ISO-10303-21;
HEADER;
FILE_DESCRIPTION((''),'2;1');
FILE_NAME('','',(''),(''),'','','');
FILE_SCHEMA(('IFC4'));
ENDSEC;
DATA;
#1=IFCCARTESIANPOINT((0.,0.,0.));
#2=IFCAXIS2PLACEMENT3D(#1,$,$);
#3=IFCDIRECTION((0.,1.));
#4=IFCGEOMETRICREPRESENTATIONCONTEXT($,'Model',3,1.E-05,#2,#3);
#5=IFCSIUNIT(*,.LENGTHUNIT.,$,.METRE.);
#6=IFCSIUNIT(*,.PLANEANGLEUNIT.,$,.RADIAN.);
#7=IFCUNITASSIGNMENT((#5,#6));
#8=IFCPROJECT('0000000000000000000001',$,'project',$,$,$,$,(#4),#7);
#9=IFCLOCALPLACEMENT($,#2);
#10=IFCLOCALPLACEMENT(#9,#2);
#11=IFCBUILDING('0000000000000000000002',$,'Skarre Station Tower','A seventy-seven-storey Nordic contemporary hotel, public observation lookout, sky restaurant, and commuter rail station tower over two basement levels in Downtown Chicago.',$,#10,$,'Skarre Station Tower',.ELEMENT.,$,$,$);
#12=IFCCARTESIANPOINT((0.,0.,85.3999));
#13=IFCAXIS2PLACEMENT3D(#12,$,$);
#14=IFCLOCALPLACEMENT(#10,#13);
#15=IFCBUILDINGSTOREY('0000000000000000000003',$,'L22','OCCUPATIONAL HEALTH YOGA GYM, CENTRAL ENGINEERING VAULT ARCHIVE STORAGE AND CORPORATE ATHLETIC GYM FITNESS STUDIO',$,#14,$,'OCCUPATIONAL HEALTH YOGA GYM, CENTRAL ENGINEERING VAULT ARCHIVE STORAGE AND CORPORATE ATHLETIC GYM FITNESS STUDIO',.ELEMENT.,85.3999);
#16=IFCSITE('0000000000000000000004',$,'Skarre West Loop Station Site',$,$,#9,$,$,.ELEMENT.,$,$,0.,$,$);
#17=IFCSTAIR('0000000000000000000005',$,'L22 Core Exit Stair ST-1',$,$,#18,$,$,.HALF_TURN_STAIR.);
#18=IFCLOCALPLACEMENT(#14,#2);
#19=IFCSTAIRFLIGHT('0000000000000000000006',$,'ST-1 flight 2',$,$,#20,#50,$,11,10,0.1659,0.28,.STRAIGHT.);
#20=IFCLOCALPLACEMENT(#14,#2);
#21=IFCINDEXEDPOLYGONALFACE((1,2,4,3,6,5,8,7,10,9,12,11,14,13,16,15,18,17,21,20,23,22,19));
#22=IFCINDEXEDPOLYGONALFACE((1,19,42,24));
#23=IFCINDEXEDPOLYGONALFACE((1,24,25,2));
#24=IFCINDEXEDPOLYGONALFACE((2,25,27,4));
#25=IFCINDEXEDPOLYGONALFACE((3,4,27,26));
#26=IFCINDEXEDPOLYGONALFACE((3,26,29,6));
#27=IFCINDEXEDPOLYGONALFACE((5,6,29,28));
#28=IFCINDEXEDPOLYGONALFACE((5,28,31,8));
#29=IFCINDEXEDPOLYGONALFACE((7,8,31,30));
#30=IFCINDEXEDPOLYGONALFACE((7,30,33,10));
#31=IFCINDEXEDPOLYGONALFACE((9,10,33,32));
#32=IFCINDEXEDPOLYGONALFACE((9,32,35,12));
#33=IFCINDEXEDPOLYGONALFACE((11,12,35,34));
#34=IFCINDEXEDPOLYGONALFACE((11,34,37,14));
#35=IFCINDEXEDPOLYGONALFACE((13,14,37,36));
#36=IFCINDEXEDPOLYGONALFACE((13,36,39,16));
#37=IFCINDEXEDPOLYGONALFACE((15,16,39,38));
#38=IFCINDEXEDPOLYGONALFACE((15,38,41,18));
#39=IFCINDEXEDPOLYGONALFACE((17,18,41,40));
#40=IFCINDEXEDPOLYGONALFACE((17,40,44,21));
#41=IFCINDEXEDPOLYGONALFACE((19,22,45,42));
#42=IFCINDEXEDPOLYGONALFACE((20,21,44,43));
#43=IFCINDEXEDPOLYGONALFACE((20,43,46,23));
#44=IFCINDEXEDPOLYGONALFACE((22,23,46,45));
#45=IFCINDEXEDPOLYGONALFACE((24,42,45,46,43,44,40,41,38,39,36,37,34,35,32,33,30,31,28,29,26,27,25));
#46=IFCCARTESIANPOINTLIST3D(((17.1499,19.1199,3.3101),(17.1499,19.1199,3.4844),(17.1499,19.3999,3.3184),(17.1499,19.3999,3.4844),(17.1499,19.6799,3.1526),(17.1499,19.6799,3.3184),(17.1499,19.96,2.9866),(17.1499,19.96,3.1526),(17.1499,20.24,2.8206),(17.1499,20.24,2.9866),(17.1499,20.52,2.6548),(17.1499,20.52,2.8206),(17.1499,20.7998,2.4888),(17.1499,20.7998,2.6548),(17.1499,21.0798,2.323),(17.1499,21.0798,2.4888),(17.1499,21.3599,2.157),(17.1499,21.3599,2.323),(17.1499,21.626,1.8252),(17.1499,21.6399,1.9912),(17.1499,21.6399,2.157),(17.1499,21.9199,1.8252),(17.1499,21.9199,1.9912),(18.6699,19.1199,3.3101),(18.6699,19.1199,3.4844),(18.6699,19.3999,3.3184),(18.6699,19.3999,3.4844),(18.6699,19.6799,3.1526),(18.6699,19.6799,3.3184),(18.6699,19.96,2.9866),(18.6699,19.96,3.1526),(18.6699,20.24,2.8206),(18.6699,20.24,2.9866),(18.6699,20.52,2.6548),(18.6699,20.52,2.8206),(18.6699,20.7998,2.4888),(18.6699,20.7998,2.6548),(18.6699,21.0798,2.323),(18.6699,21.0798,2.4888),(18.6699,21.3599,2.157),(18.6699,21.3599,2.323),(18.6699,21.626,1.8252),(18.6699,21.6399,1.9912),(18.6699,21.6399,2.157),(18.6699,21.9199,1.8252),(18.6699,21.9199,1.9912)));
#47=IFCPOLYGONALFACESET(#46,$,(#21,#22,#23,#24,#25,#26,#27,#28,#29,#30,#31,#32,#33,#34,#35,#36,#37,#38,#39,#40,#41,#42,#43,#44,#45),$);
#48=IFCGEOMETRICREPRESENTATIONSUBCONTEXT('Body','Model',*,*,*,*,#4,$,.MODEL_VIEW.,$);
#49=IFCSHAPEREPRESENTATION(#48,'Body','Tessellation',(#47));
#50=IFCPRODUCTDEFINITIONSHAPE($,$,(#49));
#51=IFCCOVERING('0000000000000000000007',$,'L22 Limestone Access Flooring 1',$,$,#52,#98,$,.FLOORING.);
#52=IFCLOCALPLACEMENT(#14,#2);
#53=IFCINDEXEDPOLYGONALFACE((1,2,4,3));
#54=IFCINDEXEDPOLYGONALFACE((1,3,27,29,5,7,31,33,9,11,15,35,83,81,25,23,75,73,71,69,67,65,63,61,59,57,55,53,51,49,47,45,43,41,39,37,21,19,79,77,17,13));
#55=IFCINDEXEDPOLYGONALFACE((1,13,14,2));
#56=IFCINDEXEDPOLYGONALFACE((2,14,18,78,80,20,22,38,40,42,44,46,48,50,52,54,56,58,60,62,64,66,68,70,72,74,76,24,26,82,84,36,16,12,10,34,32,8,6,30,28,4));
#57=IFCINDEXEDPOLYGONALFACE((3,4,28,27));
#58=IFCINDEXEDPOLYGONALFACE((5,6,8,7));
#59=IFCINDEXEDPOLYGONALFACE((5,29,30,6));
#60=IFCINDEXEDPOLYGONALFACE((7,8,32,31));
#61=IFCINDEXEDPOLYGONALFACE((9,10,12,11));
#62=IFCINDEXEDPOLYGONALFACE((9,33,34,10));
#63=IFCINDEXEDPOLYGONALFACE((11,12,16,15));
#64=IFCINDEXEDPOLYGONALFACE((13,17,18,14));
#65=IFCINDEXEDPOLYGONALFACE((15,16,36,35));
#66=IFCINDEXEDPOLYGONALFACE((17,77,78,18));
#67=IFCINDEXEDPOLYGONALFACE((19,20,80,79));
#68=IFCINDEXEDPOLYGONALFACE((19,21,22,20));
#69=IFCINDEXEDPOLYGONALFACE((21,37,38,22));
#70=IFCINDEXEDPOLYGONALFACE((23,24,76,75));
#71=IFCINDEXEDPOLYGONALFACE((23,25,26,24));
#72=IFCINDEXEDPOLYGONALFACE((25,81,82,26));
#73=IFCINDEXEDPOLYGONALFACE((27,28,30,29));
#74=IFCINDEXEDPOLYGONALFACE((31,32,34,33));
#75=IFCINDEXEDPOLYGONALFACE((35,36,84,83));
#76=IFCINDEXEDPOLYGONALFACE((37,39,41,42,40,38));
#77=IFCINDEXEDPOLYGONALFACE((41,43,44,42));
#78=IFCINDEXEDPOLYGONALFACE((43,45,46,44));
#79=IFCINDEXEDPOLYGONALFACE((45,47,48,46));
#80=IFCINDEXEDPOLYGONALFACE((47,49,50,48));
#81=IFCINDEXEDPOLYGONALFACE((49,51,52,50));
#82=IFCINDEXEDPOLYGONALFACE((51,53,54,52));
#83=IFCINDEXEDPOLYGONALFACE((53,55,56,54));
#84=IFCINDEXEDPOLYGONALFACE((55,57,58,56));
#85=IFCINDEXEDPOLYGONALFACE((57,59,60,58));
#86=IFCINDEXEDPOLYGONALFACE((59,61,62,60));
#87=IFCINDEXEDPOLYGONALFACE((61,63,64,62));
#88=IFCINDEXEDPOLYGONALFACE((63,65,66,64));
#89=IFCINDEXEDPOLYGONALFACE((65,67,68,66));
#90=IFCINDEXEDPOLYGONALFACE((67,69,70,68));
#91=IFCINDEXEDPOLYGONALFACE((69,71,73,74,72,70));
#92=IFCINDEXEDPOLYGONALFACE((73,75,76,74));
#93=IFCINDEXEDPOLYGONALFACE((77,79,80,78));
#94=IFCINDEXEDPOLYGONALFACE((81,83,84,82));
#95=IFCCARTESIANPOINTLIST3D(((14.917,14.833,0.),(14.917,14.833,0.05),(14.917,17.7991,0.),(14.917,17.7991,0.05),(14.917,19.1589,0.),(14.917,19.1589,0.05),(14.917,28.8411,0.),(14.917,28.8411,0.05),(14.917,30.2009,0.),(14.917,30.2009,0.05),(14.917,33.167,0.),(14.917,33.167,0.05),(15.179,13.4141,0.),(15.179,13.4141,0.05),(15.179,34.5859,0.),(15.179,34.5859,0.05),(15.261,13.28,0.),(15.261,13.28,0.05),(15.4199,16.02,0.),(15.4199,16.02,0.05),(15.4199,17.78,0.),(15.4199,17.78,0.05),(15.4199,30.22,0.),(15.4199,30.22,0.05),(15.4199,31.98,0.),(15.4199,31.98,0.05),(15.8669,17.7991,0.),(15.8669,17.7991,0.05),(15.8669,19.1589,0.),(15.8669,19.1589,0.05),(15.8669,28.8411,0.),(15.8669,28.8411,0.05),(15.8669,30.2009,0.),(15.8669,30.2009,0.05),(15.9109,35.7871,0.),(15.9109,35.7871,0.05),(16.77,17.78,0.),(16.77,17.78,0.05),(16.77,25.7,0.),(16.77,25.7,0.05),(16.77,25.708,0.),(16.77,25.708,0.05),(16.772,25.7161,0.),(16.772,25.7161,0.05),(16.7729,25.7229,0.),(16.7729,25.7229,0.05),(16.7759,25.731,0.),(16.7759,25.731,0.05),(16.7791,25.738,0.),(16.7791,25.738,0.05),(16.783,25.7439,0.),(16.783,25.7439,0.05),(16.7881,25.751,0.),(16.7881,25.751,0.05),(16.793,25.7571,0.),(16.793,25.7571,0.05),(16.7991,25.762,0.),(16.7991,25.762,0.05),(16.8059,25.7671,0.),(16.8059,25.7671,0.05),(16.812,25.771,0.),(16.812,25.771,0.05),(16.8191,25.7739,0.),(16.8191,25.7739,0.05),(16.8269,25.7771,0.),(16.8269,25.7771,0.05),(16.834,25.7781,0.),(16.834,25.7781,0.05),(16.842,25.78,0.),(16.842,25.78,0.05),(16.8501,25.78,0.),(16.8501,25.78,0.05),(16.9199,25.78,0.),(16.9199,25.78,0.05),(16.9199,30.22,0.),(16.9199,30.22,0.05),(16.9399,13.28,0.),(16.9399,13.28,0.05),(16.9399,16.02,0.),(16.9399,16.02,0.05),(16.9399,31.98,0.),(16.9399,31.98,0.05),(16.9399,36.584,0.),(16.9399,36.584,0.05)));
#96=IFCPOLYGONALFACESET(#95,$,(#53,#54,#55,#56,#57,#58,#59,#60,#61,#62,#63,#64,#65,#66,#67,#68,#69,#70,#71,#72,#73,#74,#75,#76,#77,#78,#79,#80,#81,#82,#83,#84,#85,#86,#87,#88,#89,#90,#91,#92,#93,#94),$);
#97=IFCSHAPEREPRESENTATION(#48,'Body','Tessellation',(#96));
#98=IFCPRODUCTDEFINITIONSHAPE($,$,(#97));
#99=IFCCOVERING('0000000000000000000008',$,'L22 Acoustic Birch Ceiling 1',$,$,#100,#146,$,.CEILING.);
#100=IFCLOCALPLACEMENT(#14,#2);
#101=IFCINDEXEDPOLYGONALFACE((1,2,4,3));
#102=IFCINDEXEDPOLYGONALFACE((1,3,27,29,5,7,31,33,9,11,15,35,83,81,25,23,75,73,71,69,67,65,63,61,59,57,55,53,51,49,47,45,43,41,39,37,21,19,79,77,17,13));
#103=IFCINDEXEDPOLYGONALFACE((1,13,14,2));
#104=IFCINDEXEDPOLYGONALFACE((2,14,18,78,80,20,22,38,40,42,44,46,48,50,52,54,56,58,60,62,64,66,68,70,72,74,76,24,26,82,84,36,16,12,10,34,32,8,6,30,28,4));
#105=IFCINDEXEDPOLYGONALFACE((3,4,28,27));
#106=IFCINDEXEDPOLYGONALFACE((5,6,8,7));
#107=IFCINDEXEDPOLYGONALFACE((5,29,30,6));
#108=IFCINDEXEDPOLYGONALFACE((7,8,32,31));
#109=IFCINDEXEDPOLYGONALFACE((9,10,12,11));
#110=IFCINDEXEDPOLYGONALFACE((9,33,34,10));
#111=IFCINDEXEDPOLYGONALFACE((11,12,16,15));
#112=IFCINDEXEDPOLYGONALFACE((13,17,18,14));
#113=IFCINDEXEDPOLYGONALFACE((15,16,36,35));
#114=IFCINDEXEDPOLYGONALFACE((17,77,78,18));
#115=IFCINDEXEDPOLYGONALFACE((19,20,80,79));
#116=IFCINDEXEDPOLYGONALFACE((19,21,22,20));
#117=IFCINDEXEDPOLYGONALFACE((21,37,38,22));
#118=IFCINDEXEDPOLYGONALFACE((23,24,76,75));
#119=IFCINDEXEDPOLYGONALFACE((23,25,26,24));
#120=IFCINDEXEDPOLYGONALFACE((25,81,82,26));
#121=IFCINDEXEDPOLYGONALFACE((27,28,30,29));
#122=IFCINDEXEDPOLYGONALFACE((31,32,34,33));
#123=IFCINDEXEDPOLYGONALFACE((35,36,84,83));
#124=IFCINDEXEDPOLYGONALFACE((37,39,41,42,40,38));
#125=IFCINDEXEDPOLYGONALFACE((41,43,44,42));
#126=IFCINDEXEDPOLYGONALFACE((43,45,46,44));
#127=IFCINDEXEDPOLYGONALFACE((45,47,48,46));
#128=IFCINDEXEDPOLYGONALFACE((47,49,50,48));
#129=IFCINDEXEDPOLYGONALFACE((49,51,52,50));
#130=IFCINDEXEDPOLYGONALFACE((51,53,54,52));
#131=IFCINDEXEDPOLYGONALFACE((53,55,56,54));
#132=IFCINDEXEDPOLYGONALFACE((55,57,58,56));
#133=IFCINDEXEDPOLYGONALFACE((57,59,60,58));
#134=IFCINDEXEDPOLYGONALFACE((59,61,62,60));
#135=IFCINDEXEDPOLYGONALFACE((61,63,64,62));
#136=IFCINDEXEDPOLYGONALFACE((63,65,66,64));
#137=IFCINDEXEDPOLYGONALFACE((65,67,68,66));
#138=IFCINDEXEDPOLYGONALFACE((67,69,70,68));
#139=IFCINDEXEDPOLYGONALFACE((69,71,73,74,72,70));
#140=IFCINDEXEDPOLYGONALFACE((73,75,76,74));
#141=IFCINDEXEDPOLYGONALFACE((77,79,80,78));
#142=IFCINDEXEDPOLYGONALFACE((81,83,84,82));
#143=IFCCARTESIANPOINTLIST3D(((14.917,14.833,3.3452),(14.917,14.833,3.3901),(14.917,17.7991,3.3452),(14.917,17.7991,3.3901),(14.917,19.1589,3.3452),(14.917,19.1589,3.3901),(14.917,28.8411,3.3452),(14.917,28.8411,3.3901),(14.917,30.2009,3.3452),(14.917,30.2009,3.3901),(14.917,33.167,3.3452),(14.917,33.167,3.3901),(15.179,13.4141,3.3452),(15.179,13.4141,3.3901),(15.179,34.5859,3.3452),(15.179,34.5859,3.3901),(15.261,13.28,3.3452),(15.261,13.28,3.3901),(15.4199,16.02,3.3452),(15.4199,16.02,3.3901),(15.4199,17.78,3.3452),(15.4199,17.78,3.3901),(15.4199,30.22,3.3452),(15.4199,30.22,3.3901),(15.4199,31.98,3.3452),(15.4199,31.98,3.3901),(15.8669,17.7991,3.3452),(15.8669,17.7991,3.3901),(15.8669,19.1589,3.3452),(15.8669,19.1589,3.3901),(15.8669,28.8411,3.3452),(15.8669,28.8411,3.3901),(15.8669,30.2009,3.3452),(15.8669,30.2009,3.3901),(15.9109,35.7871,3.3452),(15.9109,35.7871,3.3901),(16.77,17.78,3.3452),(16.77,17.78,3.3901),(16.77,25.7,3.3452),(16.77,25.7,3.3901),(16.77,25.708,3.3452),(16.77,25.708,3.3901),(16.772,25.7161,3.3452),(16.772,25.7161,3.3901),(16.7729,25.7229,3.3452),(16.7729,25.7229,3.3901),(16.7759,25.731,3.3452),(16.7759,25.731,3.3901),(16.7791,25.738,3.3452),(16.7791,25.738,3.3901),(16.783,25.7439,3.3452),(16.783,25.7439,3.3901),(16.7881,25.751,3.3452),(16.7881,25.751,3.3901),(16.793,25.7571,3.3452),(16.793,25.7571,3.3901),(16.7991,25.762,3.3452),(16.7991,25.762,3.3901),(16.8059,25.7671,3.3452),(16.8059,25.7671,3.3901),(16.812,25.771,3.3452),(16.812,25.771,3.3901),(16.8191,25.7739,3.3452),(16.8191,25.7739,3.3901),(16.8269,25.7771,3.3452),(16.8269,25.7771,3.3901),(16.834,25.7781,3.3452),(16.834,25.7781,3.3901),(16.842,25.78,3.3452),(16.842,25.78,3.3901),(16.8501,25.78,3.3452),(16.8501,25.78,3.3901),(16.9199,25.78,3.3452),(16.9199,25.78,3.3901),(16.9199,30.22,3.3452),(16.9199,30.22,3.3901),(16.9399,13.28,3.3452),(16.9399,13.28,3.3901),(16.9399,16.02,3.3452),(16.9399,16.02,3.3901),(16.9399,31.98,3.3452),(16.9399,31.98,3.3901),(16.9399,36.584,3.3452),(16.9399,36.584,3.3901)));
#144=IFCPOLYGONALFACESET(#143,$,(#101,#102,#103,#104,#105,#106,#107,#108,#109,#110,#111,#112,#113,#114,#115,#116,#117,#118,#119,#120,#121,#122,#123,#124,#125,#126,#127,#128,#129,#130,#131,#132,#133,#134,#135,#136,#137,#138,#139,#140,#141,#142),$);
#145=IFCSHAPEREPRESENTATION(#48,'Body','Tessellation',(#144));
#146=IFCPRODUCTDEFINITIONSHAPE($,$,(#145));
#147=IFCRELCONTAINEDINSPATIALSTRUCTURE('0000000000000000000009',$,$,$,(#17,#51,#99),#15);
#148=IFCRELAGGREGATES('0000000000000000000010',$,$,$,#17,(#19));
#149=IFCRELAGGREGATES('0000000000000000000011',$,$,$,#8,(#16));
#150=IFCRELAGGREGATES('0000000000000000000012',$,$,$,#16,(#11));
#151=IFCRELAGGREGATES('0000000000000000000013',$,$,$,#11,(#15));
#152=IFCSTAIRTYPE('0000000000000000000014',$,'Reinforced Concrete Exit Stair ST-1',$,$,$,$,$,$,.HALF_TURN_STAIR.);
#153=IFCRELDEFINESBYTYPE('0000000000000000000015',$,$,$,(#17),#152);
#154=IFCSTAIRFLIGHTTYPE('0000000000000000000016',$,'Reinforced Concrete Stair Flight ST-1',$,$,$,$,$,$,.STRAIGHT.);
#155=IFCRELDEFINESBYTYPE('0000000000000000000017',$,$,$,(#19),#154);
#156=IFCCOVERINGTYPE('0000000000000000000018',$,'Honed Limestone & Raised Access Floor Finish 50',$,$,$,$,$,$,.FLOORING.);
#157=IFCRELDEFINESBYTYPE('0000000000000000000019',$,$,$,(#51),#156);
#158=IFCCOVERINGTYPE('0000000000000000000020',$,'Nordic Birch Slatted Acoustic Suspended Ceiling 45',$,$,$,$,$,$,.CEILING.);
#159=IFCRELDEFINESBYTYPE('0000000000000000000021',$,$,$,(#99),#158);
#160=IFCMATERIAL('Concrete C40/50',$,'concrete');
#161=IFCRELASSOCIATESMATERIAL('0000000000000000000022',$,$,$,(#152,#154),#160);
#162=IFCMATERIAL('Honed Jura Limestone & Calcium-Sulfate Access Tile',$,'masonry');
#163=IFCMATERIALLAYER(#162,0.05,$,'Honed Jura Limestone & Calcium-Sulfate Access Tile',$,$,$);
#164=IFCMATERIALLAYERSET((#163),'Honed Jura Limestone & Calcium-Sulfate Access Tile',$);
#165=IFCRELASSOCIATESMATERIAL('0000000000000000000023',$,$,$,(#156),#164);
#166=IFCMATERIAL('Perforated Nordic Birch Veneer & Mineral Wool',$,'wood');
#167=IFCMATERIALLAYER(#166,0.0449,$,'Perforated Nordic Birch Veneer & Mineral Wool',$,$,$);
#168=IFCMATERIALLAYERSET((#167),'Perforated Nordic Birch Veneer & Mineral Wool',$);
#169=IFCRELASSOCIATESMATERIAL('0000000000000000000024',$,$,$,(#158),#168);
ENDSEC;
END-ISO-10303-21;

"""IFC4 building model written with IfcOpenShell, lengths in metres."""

from ifc_helpers import new_model, si_unit, direction, frame, origin, place, context, subcontext, project, spatial, polyline, outline, extrude, material, layer, layer_set, type_object, element, aggregate, save


model = new_model("IFC4")

# Units and contexts
model_context = context("Model", 3, precision=1e-05, world=origin(), true_north=direction((0.0, 1.0)))
body_context = subcontext(model_context, "Body", "Model", "MODEL_VIEW")
ifc_project = project(units=[si_unit("LENGTHUNIT", "METRE"), si_unit("PLANEANGLEUNIT", "RADIAN")], contexts=[model_context])

# Site, building, storey
site_placement = place(None, origin())
site = spatial("IfcSite", under=ifc_project, at=site_placement, Name="Skarre West Loop Station Site", CompositionType="ELEMENT", RefElevation=0.0)
building_placement = place(site_placement, origin())
building = spatial("IfcBuilding", under=site, at=building_placement, Name="Skarre Station Tower", Description="A seventy-seven-storey Nordic contemporary hotel, public observation lookout, sky restaurant, and commuter rail station tower over two basement levels in Downtown Chicago.", LongName="Skarre Station Tower", CompositionType="ELEMENT")
storey_placement = place(building_placement, frame((0.0, 0.0, 85.3999)))
storey = spatial("IfcBuildingStorey", under=building, at=storey_placement, Name="L22", Description="OCCUPATIONAL HEALTH YOGA GYM, CENTRAL ENGINEERING VAULT ARCHIVE STORAGE AND CORPORATE ATHLETIC GYM FITNESS STUDIO", LongName="OCCUPATIONAL HEALTH YOGA GYM, CENTRAL ENGINEERING VAULT ARCHIVE STORAGE AND CORPORATE ATHLETIC GYM FITNESS STUDIO", CompositionType="ELEMENT", Elevation=85.3999)

# Stair
ifc_material_1 = material(Name="Concrete C40/50", Category="concrete")
stair_type_1 = type_object("IfcStairType", Name="Reinforced Concrete Exit Stair ST-1", PredefinedType="HALF_TURN_STAIR", material=ifc_material_1)
stair_1_placement = place(storey_placement, origin())
stair_1 = element("IfcStair", 1, at=stair_1_placement, inside=storey, type_object=stair_type_1, Name="L22 Core Exit Stair ST-1", PredefinedType="HALF_TURN_STAIR")

# Stair flight
stair_flight_type = type_object("IfcStairFlightType", Name="Reinforced Concrete Stair Flight ST-1", PredefinedType="STRAIGHT", material=ifc_material_1)
stair_flight_placement = place(storey_placement, frame((17.9099, 21.9199, 1.8252), z_axis=(0.0, 0.0, 1.0), x_axis=(0.0, -1.0, 0.0)))
stair_flight = element("IfcStairFlight", 2, at=stair_flight_placement, type_object=stair_flight_type, Name="ST-1 flight 2", NumberOfRisers=11, NumberOfTreads=10, PredefinedType="STRAIGHT", RiserHeight=0.1659, TreadLength=0.28, context=body_context, shape_type="SweptSolid", body=[
    extrude(outline(polyline([(0.0, 0.0), (0.0, 0.166), (0.28, 0.166), (0.28, 0.3318), (0.5601, 0.3318), (0.5601, 0.4978), (0.8401, 0.4978), (0.8401, 0.6636), (1.1201, 0.6636), (1.1201, 0.8296), (1.3999, 0.8296), (1.3999, 0.9954), (1.6799, 0.9954), (1.6799, 1.1614), (1.96, 1.1614), (1.96, 1.3274), (2.24, 1.3274), (2.24, 1.4932), (2.52, 1.4932), (2.52, 1.6592), (2.8, 1.6592), (2.8, 1.825), (2.8, 1.4849), (0.2939, 0.0), (0.0, 0.0)])), frame((0.0, 0.76, 0.0), z_axis=(0.0, -1.0, 0.0), x_axis=(1.0, 0.0, 0.0)), (0.0, 0.0, 1.0), 1.52),
])
aggregate(stair_1, [stair_flight])

# Coverings
ifc_material_2 = material(Name="Honed Jura Limestone & Calcium-Sulfate Access Tile", Category="masonry")
ifc_layer_1 = layer(ifc_material_2, 0.05, Name="Honed Jura Limestone & Calcium-Sulfate Access Tile")
ifc_layer_set_1 = layer_set([ifc_layer_1], Name="Honed Jura Limestone & Calcium-Sulfate Access Tile")
covering_type_1 = type_object("IfcCoveringType", Name="Honed Limestone & Raised Access Floor Finish 50", PredefinedType="FLOORING", material=ifc_layer_set_1)
covering_1_placement = place(storey_placement, origin())
element("IfcCovering", 3, at=covering_1_placement, inside=storey, type_object=covering_type_1, Name="L22 Limestone Access Flooring 1", PredefinedType="FLOORING", context=body_context, shape_type="SweptSolid", body=[
    extrude(outline(polyline([(16.9399, 36.584), (15.9109, 35.7871), (15.179, 34.5859), (14.917, 33.167), (14.917, 30.2009), (15.8669, 30.2009), (15.8669, 28.8411), (14.917, 28.8411), (14.917, 19.1589), (15.8669, 19.1589), (15.8669, 17.7991), (14.917, 17.7991), (14.917, 14.833), (15.179, 13.4141), (15.261, 13.28), (16.9399, 13.28), (16.9399, 16.02), (15.4199, 16.02), (15.4199, 17.78), (16.77, 17.78), (16.77, 25.7), (16.77, 25.708), (16.772, 25.7161), (16.7729, 25.7229), (16.7759, 25.731), (16.7791, 25.738), (16.783, 25.7439), (16.7881, 25.751), (16.793, 25.7571), (16.7991, 25.762), (16.8059, 25.7671), (16.812, 25.771), (16.8191, 25.7739), (16.8269, 25.7771), (16.834, 25.7781), (16.842, 25.78), (16.8501, 25.78), (16.9199, 25.78), (16.9199, 30.22), (15.4199, 30.22), (15.4199, 31.98), (16.9399, 31.98), (16.9399, 36.584)])), origin(), (0.0, 0.0, 1.0), 0.05),
])
ifc_material_3 = material(Name="Perforated Nordic Birch Veneer & Mineral Wool", Category="wood")
ifc_layer_2 = layer(ifc_material_3, 0.0449, Name="Perforated Nordic Birch Veneer & Mineral Wool")
ifc_layer_set_2 = layer_set([ifc_layer_2], Name="Perforated Nordic Birch Veneer & Mineral Wool")
covering_type_2 = type_object("IfcCoveringType", Name="Nordic Birch Slatted Acoustic Suspended Ceiling 45", PredefinedType="CEILING", material=ifc_layer_set_2)
covering_2_placement = place(storey_placement, frame((0.0, 0.0, 3.3452)))
element("IfcCovering", 4, at=covering_2_placement, inside=storey, type_object=covering_type_2, Name="L22 Acoustic Birch Ceiling 1", PredefinedType="CEILING", context=body_context, shape_type="SweptSolid", body=[
    extrude(outline(polyline([(16.9399, 36.584), (15.9109, 35.7871), (15.179, 34.5859), (14.917, 33.167), (14.917, 30.2009), (15.8669, 30.2009), (15.8669, 28.8411), (14.917, 28.8411), (14.917, 19.1589), (15.8669, 19.1589), (15.8669, 17.7991), (14.917, 17.7991), (14.917, 14.833), (15.179, 13.4141), (15.261, 13.28), (16.9399, 13.28), (16.9399, 16.02), (15.4199, 16.02), (15.4199, 17.78), (16.77, 17.78), (16.77, 25.7), (16.77, 25.708), (16.772, 25.7161), (16.7729, 25.7229), (16.7759, 25.731), (16.7791, 25.738), (16.783, 25.7439), (16.7881, 25.751), (16.793, 25.7571), (16.7991, 25.762), (16.8059, 25.7671), (16.812, 25.771), (16.8191, 25.7739), (16.8269, 25.7771), (16.834, 25.7781), (16.842, 25.78), (16.8501, 25.78), (16.9199, 25.78), (16.9199, 30.22), (15.4199, 30.22), (15.4199, 31.98), (16.9399, 31.98), (16.9399, 36.584)])), origin(), (0.0, 0.0, 1.0), 0.0449),
])

save(model, "model.ifc")
